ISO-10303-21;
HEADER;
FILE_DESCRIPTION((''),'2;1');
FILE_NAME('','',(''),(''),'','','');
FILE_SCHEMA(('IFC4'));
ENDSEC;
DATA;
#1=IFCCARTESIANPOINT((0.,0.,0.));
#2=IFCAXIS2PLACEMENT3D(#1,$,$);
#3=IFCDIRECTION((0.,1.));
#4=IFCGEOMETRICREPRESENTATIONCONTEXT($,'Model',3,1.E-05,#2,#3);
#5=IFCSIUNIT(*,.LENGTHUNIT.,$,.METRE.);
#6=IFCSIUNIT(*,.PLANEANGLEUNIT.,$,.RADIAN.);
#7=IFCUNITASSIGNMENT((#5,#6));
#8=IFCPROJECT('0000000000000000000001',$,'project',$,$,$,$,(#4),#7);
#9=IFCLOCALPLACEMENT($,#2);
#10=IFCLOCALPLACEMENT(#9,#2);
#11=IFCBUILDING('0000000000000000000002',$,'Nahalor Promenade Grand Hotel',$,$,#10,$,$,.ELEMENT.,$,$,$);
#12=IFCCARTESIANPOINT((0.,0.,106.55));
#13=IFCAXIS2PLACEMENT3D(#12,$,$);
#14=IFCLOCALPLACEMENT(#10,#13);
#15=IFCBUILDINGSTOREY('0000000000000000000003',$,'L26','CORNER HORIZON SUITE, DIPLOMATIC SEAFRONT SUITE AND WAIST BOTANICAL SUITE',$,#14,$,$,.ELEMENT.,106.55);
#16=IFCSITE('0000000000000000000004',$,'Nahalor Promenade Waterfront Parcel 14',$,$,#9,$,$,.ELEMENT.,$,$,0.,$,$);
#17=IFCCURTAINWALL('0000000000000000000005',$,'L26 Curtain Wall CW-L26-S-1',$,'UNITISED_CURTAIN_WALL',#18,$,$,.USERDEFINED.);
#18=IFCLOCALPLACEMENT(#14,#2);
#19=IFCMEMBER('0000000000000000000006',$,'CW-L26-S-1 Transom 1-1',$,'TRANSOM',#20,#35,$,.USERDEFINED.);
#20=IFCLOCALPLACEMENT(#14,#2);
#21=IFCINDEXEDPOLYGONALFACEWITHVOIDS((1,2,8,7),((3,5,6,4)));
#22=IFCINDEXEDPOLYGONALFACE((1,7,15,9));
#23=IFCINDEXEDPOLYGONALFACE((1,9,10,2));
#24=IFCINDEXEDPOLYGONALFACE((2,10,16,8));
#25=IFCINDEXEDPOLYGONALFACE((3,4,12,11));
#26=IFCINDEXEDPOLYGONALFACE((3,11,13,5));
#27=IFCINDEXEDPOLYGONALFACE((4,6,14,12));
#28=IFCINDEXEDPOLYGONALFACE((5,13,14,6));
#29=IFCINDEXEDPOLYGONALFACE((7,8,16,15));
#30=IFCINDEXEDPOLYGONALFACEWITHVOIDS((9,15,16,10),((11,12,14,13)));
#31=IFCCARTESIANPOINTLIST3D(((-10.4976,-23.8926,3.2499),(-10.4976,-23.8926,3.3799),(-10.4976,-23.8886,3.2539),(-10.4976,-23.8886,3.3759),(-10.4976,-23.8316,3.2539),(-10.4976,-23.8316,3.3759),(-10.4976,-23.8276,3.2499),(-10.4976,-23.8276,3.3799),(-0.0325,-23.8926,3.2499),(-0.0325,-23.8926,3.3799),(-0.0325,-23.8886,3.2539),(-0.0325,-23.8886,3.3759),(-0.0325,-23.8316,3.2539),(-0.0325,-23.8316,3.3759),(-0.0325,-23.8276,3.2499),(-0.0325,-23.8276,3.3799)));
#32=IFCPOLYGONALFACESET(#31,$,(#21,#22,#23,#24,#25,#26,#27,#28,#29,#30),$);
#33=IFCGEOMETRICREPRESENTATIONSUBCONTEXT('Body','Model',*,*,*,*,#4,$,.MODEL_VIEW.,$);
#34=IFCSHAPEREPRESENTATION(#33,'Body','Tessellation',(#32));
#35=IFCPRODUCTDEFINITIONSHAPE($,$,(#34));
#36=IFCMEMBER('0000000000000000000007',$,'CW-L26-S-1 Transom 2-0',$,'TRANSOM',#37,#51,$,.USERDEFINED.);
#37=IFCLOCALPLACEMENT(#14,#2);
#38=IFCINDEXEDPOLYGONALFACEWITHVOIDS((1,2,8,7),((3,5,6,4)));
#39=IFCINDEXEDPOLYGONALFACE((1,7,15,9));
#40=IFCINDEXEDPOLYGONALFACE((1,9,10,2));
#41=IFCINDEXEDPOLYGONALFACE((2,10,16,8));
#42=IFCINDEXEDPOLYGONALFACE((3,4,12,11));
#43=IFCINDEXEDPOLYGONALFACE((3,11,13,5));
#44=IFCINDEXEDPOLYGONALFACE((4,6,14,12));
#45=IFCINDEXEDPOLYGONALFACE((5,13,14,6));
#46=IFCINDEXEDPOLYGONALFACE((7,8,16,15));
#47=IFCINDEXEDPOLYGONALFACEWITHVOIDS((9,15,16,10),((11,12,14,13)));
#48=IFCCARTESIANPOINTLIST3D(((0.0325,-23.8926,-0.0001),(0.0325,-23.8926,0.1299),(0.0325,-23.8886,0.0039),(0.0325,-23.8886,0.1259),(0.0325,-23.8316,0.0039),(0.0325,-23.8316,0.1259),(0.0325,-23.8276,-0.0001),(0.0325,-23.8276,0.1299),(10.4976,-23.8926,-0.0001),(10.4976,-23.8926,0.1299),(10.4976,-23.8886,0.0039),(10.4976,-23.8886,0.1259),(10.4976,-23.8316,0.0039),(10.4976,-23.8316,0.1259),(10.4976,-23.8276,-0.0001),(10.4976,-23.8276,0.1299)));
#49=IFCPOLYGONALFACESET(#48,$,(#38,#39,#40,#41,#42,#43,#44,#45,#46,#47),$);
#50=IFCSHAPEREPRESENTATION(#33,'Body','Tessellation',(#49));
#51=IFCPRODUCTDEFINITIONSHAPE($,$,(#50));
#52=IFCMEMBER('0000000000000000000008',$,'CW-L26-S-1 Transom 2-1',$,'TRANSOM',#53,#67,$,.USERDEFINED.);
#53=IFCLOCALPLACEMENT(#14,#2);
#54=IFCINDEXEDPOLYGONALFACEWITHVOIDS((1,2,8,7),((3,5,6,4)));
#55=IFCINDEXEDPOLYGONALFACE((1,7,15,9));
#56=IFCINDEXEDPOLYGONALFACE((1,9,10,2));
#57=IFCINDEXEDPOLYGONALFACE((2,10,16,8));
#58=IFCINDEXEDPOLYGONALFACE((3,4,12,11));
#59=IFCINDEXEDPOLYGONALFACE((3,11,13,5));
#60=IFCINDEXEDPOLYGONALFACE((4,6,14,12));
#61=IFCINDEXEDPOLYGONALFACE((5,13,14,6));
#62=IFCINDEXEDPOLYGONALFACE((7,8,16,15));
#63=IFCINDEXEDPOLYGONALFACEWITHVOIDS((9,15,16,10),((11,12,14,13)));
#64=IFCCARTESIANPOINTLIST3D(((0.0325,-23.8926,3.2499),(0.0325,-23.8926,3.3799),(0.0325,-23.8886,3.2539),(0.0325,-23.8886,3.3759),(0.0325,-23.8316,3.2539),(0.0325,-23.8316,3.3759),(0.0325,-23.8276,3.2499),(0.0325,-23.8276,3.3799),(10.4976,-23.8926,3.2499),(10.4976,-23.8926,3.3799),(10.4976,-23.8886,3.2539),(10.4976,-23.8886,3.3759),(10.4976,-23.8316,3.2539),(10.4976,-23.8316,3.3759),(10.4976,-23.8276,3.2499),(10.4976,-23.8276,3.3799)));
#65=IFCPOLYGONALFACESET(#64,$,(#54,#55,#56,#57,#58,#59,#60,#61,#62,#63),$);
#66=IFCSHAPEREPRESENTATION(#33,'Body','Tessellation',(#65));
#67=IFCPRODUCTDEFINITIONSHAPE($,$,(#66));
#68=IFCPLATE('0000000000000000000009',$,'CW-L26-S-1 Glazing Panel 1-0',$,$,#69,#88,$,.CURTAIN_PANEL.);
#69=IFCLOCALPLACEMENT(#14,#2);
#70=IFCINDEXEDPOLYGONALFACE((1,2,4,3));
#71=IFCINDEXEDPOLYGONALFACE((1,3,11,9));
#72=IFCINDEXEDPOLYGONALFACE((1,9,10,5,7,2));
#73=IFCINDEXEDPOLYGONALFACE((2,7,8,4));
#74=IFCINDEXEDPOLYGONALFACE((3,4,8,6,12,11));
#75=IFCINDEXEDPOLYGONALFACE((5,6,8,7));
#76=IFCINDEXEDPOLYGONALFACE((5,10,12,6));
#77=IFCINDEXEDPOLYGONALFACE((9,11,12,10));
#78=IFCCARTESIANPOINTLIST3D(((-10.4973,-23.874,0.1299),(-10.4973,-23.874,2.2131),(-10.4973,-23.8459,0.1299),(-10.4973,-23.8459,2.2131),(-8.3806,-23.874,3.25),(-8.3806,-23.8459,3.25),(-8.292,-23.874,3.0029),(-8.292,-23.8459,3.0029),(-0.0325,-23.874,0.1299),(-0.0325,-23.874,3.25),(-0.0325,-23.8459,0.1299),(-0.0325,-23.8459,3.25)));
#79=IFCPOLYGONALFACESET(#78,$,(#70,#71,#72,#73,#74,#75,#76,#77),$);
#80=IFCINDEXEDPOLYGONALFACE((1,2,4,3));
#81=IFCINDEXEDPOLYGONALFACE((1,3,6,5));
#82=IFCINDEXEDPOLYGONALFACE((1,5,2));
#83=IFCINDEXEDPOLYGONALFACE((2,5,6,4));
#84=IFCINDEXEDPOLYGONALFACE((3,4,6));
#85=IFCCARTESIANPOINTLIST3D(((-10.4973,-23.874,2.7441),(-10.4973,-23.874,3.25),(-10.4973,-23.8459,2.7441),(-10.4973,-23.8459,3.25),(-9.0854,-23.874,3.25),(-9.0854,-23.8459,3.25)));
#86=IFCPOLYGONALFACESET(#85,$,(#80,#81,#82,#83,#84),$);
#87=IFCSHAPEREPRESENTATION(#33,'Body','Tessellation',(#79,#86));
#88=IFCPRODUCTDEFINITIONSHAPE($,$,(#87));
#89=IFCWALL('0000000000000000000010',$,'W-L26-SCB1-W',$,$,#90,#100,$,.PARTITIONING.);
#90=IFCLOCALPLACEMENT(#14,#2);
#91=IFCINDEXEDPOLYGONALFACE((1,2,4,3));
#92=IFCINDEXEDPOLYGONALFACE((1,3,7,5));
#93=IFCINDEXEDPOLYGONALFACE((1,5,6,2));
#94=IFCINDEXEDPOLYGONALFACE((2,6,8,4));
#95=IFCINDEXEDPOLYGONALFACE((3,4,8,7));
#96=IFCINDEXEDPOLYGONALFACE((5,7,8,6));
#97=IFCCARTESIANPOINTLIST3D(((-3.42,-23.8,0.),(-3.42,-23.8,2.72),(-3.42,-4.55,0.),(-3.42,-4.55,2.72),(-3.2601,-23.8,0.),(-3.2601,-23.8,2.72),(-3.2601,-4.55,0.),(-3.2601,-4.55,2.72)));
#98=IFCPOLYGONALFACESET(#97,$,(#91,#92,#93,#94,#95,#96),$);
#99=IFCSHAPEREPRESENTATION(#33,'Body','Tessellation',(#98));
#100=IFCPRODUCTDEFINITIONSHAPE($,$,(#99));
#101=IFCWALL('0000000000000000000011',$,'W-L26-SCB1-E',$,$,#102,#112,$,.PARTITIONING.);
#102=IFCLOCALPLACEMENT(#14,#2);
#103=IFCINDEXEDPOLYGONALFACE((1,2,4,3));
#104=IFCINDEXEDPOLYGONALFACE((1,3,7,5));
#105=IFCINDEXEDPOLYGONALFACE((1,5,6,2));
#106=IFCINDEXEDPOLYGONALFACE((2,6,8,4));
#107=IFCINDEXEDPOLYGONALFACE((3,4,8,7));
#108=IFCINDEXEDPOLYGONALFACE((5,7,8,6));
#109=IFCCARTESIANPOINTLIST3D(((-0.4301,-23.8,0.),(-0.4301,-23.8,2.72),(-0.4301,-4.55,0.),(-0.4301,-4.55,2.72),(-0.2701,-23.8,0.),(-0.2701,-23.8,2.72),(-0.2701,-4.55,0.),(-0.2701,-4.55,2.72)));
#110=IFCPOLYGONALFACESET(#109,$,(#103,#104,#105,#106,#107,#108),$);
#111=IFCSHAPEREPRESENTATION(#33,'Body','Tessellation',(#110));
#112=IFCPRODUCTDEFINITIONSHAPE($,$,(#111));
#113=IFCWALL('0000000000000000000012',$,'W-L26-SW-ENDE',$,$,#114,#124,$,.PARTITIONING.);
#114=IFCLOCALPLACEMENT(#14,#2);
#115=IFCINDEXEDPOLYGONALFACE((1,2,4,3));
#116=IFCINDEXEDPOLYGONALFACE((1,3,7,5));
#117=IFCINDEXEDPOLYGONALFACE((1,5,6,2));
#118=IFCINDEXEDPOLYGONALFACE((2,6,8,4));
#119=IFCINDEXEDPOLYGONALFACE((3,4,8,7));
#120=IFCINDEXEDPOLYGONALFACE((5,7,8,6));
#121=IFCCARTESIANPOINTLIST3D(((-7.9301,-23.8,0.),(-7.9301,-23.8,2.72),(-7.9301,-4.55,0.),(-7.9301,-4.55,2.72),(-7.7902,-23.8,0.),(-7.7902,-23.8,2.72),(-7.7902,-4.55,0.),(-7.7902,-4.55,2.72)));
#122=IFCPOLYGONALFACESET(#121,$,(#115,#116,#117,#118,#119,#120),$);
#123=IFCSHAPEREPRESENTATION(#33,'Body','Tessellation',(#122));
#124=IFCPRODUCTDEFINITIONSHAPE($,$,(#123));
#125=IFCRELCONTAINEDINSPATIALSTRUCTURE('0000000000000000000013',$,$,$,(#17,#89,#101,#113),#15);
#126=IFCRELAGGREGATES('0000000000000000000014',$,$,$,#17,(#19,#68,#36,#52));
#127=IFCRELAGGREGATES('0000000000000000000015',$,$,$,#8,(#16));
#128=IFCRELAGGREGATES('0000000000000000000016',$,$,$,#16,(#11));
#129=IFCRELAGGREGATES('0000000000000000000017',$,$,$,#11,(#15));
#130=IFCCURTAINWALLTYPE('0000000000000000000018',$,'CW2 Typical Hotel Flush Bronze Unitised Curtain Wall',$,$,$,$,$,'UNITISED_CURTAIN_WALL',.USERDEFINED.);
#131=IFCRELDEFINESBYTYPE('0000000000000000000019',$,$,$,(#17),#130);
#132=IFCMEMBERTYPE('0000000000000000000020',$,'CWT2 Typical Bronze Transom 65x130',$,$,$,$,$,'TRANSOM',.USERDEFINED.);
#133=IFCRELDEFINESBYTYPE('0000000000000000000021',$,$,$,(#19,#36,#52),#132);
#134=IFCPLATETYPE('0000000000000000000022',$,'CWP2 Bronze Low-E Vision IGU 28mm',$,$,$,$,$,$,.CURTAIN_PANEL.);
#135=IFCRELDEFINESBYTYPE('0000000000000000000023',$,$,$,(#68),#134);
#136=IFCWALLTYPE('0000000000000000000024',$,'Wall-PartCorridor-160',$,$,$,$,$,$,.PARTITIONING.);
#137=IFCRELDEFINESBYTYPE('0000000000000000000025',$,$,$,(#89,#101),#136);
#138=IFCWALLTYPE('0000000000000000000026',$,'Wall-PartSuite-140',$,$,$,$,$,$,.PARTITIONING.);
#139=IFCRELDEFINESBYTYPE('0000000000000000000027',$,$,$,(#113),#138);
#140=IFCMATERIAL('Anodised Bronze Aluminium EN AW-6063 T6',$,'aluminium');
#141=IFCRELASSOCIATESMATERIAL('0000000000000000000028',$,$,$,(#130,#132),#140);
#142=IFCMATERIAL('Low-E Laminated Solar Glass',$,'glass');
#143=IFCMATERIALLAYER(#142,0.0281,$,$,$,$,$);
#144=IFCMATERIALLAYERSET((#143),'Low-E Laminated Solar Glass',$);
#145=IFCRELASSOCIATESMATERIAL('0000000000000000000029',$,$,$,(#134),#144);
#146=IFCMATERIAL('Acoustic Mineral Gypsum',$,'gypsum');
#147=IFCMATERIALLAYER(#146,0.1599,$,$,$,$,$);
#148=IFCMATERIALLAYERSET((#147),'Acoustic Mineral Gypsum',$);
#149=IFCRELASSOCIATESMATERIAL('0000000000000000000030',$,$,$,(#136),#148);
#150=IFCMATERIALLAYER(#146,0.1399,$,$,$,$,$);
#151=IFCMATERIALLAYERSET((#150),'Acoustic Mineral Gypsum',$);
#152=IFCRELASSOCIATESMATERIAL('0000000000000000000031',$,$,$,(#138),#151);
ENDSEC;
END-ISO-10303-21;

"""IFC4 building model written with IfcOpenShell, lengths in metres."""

from ifc_helpers import new_model, si_unit, direction, frame, frame_2d, origin, origin_2d, place, context, subcontext, project, spatial, polyline, rectangle, hollow_rectangle, outline, extrude, source, transform, mapped, material, layer, layer_set, material_profile, profile_set, type_object, element, aggregate, save


model = new_model("IFC4")

# Units and contexts
model_context = context("Model", 3, precision=1e-05, world=origin(), true_north=direction((0.0, 1.0)))
body_context = subcontext(model_context, "Body", "Model", "MODEL_VIEW")
ifc_project = project(units=[si_unit("LENGTHUNIT", "METRE"), si_unit("PLANEANGLEUNIT", "RADIAN")], contexts=[model_context])

# Site, building, storey
site_placement = place(None, origin())
site = spatial("IfcSite", under=ifc_project, at=site_placement, Name="Nahalor Promenade Waterfront Parcel 14", CompositionType="ELEMENT", RefElevation=0.0)
building_placement = place(site_placement, origin())
building = spatial("IfcBuilding", under=site, at=building_placement, Name="Nahalor Promenade Grand Hotel", CompositionType="ELEMENT")
storey_placement = place(building_placement, frame((0.0, 0.0, 106.55)))
storey = spatial("IfcBuildingStorey", under=building, at=storey_placement, Name="L26", Description="CORNER HORIZON SUITE, DIPLOMATIC SEAFRONT SUITE AND WAIST BOTANICAL SUITE", CompositionType="ELEMENT", Elevation=106.55)

# Curtain wall, members, plate
ifc_material_1 = material(Name="Anodised Bronze Aluminium EN AW-6063 T6", Category="aluminium")
curtain_wall_type = type_object("IfcCurtainWallType", Name="CW2 Typical Hotel Flush Bronze Unitised Curtain Wall", ElementType="UNITISED_CURTAIN_WALL", PredefinedType="USERDEFINED", material=ifc_material_1)
curtain_wall_placement = place(storey_placement, origin())
curtain_wall = element("IfcCurtainWall", 1, at=curtain_wall_placement, inside=storey, type_object=curtain_wall_type, Name="L26 Curtain Wall CW-L26-S-1", ObjectType="UNITISED_CURTAIN_WALL", PredefinedType="USERDEFINED")
ifc_material_profile_1 = material_profile(ifc_material_1, hollow_rectangle(XDim=0.065, YDim=0.13, WallThickness=0.004, at=origin_2d()), Name="CWT 65x130x4")
ifc_profile_set_1 = profile_set([ifc_material_profile_1], Name="Anodised Bronze Aluminium EN AW-6063 T6")
member_type_1 = type_object("IfcMemberType", Name="CWT2 Typical Bronze Transom 65x130", ElementType="TRANSOM", PredefinedType="USERDEFINED", material=ifc_profile_set_1)
shared_shape_1 = source(origin(), body_context, "Body", "SweptSolid", [
    extrude(hollow_rectangle(XDim=0.065, YDim=0.13, WallThickness=0.004, at=origin_2d()), origin(), (0.0, 0.0, 1.0), 10.4651),
])
member_1_placement = place(storey_placement, frame((-10.4976, -23.8601, 3.3149), z_axis=(1.0, 0.0, 0.0), x_axis=(0.0, 1.0, 0.0)))
member_1 = element("IfcMember", 2, at=member_1_placement, type_object=member_type_1, Name="CW-L26-S-1 Transom 1-1", ObjectType="TRANSOM", PredefinedType="USERDEFINED", context=body_context, shape_type="MappedRepresentation", body=[
    mapped(shared_shape_1, transform((0.0, 0.0, 0.0), scale=1.0)),
])
member_2_placement = place(storey_placement, frame((0.0325, -23.8601, 0.0649), z_axis=(1.0, 0.0, 0.0), x_axis=(0.0, 1.0, 0.0)))
member_2 = element("IfcMember", 3, at=member_2_placement, type_object=member_type_1, Name="CW-L26-S-1 Transom 2-0", ObjectType="TRANSOM", PredefinedType="USERDEFINED", context=body_context, shape_type="MappedRepresentation", body=[
    mapped(shared_shape_1, transform((0.0, 0.0, 0.0), scale=1.0)),
])
member_3_placement = place(storey_placement, frame((0.0325, -23.8601, 3.3149), z_axis=(1.0, 0.0, 0.0), x_axis=(0.0, 1.0, 0.0)))
member_3 = element("IfcMember", 4, at=member_3_placement, type_object=member_type_1, Name="CW-L26-S-1 Transom 2-1", ObjectType="TRANSOM", PredefinedType="USERDEFINED", context=body_context, shape_type="MappedRepresentation", body=[
    mapped(shared_shape_1, transform((0.0, 0.0, 0.0), scale=1.0)),
])
ifc_material_2 = material(Name="Low-E Laminated Solar Glass", Category="glass")
ifc_layer_1 = layer(ifc_material_2, 0.0281)
ifc_layer_set_1 = layer_set([ifc_layer_1], Name="Low-E Laminated Solar Glass")
plate_type = type_object("IfcPlateType", Name="CWP2 Bronze Low-E Vision IGU 28mm", PredefinedType="CURTAIN_PANEL", material=ifc_layer_set_1)
plate_placement = place(storey_placement, frame((-5.2649, -23.8601, 0.1299), z_axis=(0.0, 0.0, 1.0), x_axis=(1.0, 0.0, 0.0)))
plate = element("IfcPlate", 5, at=plate_placement, type_object=plate_type, Name="CW-L26-S-1 Glazing Panel 1-0", PredefinedType="CURTAIN_PANEL", context=body_context, shape_type="SweptSolid", body=[
    extrude(outline(polyline([(5.2324, 0.0), (5.2324, 3.1201), (-3.1157, 3.1201), (-3.0271, 2.873), (-5.2324, 2.0833), (-5.2324, 0.0), (5.2324, 0.0)])), frame((0.0, 0.0142, 0.0), z_axis=(0.0, -1.0, 0.0), x_axis=(1.0, 0.0, 0.0)), (0.0, 0.0, 1.0), 0.0281),
    extrude(outline(polyline([(-3.8206, 3.1201), (-5.2324, 3.1201), (-5.2324, 2.6143), (-3.8206, 3.1201)])), frame((0.0, 0.0142, 0.0), z_axis=(0.0, -1.0, 0.0), x_axis=(1.0, 0.0, 0.0)), (0.0, 0.0, 1.0), 0.0281),
])
aggregate(curtain_wall, [member_1, plate, member_2, member_3])

# Walls
ifc_material_3 = material(Name="Acoustic Mineral Gypsum", Category="gypsum")
ifc_layer_2 = layer(ifc_material_3, 0.1599)
ifc_layer_set_2 = layer_set([ifc_layer_2], Name="Acoustic Mineral Gypsum")
wall_type_1 = type_object("IfcWallType", Name="Wall-PartCorridor-160", PredefinedType="PARTITIONING", material=ifc_layer_set_2)
shared_shape_2 = source(origin(), body_context, "Body", "SweptSolid", [
    extrude(rectangle(XDim=19.25, YDim=0.1599, at=frame_2d((9.625, 0.0))), origin(), (0.0, 0.0, 1.0), 2.72),
])
for number, where, z_axis, x_axis, name in (
    (6, (-3.3401, -23.8, 0.0), (0.0, 0.0, 1.0), (0.0, 1.0, 0.0), "W-L26-SCB1-W"),
    (7, (-0.3501, -23.8, 0.0), (0.0, 0.0, 1.0), (0.0, 1.0, 0.0), "W-L26-SCB1-E"),
):
    element("IfcWall", number, at=place(storey_placement, frame(where, z_axis=z_axis, x_axis=x_axis)), inside=storey, type_object=wall_type_1, Name=name, PredefinedType="PARTITIONING", context=body_context, shape_type="MappedRepresentation", body=[
        mapped(shared_shape_2, transform((0.0, 0.0, 0.0), scale=1.0)),
    ])
ifc_layer_3 = layer(ifc_material_3, 0.1399)
ifc_layer_set_3 = layer_set([ifc_layer_3], Name="Acoustic Mineral Gypsum")
wall_type_2 = type_object("IfcWallType", Name="Wall-PartSuite-140", PredefinedType="PARTITIONING", material=ifc_layer_set_3)
shared_shape_3 = source(origin(), body_context, "Body", "SweptSolid", [
    extrude(rectangle(XDim=19.25, YDim=0.1399, at=frame_2d((9.625, 0.0))), origin(), (0.0, 0.0, 1.0), 2.72),
])
wall_placement = place(storey_placement, frame((-7.8601, -23.8, 0.0), z_axis=(0.0, 0.0, 1.0), x_axis=(0.0, 1.0, 0.0)))
element("IfcWall", 8, at=wall_placement, inside=storey, type_object=wall_type_2, Name="W-L26-SW-ENDE", PredefinedType="PARTITIONING", context=body_context, shape_type="MappedRepresentation", body=[
    mapped(shared_shape_3, transform((0.0, 0.0, 0.0), scale=1.0)),
])

save(model, "model.ifc")
